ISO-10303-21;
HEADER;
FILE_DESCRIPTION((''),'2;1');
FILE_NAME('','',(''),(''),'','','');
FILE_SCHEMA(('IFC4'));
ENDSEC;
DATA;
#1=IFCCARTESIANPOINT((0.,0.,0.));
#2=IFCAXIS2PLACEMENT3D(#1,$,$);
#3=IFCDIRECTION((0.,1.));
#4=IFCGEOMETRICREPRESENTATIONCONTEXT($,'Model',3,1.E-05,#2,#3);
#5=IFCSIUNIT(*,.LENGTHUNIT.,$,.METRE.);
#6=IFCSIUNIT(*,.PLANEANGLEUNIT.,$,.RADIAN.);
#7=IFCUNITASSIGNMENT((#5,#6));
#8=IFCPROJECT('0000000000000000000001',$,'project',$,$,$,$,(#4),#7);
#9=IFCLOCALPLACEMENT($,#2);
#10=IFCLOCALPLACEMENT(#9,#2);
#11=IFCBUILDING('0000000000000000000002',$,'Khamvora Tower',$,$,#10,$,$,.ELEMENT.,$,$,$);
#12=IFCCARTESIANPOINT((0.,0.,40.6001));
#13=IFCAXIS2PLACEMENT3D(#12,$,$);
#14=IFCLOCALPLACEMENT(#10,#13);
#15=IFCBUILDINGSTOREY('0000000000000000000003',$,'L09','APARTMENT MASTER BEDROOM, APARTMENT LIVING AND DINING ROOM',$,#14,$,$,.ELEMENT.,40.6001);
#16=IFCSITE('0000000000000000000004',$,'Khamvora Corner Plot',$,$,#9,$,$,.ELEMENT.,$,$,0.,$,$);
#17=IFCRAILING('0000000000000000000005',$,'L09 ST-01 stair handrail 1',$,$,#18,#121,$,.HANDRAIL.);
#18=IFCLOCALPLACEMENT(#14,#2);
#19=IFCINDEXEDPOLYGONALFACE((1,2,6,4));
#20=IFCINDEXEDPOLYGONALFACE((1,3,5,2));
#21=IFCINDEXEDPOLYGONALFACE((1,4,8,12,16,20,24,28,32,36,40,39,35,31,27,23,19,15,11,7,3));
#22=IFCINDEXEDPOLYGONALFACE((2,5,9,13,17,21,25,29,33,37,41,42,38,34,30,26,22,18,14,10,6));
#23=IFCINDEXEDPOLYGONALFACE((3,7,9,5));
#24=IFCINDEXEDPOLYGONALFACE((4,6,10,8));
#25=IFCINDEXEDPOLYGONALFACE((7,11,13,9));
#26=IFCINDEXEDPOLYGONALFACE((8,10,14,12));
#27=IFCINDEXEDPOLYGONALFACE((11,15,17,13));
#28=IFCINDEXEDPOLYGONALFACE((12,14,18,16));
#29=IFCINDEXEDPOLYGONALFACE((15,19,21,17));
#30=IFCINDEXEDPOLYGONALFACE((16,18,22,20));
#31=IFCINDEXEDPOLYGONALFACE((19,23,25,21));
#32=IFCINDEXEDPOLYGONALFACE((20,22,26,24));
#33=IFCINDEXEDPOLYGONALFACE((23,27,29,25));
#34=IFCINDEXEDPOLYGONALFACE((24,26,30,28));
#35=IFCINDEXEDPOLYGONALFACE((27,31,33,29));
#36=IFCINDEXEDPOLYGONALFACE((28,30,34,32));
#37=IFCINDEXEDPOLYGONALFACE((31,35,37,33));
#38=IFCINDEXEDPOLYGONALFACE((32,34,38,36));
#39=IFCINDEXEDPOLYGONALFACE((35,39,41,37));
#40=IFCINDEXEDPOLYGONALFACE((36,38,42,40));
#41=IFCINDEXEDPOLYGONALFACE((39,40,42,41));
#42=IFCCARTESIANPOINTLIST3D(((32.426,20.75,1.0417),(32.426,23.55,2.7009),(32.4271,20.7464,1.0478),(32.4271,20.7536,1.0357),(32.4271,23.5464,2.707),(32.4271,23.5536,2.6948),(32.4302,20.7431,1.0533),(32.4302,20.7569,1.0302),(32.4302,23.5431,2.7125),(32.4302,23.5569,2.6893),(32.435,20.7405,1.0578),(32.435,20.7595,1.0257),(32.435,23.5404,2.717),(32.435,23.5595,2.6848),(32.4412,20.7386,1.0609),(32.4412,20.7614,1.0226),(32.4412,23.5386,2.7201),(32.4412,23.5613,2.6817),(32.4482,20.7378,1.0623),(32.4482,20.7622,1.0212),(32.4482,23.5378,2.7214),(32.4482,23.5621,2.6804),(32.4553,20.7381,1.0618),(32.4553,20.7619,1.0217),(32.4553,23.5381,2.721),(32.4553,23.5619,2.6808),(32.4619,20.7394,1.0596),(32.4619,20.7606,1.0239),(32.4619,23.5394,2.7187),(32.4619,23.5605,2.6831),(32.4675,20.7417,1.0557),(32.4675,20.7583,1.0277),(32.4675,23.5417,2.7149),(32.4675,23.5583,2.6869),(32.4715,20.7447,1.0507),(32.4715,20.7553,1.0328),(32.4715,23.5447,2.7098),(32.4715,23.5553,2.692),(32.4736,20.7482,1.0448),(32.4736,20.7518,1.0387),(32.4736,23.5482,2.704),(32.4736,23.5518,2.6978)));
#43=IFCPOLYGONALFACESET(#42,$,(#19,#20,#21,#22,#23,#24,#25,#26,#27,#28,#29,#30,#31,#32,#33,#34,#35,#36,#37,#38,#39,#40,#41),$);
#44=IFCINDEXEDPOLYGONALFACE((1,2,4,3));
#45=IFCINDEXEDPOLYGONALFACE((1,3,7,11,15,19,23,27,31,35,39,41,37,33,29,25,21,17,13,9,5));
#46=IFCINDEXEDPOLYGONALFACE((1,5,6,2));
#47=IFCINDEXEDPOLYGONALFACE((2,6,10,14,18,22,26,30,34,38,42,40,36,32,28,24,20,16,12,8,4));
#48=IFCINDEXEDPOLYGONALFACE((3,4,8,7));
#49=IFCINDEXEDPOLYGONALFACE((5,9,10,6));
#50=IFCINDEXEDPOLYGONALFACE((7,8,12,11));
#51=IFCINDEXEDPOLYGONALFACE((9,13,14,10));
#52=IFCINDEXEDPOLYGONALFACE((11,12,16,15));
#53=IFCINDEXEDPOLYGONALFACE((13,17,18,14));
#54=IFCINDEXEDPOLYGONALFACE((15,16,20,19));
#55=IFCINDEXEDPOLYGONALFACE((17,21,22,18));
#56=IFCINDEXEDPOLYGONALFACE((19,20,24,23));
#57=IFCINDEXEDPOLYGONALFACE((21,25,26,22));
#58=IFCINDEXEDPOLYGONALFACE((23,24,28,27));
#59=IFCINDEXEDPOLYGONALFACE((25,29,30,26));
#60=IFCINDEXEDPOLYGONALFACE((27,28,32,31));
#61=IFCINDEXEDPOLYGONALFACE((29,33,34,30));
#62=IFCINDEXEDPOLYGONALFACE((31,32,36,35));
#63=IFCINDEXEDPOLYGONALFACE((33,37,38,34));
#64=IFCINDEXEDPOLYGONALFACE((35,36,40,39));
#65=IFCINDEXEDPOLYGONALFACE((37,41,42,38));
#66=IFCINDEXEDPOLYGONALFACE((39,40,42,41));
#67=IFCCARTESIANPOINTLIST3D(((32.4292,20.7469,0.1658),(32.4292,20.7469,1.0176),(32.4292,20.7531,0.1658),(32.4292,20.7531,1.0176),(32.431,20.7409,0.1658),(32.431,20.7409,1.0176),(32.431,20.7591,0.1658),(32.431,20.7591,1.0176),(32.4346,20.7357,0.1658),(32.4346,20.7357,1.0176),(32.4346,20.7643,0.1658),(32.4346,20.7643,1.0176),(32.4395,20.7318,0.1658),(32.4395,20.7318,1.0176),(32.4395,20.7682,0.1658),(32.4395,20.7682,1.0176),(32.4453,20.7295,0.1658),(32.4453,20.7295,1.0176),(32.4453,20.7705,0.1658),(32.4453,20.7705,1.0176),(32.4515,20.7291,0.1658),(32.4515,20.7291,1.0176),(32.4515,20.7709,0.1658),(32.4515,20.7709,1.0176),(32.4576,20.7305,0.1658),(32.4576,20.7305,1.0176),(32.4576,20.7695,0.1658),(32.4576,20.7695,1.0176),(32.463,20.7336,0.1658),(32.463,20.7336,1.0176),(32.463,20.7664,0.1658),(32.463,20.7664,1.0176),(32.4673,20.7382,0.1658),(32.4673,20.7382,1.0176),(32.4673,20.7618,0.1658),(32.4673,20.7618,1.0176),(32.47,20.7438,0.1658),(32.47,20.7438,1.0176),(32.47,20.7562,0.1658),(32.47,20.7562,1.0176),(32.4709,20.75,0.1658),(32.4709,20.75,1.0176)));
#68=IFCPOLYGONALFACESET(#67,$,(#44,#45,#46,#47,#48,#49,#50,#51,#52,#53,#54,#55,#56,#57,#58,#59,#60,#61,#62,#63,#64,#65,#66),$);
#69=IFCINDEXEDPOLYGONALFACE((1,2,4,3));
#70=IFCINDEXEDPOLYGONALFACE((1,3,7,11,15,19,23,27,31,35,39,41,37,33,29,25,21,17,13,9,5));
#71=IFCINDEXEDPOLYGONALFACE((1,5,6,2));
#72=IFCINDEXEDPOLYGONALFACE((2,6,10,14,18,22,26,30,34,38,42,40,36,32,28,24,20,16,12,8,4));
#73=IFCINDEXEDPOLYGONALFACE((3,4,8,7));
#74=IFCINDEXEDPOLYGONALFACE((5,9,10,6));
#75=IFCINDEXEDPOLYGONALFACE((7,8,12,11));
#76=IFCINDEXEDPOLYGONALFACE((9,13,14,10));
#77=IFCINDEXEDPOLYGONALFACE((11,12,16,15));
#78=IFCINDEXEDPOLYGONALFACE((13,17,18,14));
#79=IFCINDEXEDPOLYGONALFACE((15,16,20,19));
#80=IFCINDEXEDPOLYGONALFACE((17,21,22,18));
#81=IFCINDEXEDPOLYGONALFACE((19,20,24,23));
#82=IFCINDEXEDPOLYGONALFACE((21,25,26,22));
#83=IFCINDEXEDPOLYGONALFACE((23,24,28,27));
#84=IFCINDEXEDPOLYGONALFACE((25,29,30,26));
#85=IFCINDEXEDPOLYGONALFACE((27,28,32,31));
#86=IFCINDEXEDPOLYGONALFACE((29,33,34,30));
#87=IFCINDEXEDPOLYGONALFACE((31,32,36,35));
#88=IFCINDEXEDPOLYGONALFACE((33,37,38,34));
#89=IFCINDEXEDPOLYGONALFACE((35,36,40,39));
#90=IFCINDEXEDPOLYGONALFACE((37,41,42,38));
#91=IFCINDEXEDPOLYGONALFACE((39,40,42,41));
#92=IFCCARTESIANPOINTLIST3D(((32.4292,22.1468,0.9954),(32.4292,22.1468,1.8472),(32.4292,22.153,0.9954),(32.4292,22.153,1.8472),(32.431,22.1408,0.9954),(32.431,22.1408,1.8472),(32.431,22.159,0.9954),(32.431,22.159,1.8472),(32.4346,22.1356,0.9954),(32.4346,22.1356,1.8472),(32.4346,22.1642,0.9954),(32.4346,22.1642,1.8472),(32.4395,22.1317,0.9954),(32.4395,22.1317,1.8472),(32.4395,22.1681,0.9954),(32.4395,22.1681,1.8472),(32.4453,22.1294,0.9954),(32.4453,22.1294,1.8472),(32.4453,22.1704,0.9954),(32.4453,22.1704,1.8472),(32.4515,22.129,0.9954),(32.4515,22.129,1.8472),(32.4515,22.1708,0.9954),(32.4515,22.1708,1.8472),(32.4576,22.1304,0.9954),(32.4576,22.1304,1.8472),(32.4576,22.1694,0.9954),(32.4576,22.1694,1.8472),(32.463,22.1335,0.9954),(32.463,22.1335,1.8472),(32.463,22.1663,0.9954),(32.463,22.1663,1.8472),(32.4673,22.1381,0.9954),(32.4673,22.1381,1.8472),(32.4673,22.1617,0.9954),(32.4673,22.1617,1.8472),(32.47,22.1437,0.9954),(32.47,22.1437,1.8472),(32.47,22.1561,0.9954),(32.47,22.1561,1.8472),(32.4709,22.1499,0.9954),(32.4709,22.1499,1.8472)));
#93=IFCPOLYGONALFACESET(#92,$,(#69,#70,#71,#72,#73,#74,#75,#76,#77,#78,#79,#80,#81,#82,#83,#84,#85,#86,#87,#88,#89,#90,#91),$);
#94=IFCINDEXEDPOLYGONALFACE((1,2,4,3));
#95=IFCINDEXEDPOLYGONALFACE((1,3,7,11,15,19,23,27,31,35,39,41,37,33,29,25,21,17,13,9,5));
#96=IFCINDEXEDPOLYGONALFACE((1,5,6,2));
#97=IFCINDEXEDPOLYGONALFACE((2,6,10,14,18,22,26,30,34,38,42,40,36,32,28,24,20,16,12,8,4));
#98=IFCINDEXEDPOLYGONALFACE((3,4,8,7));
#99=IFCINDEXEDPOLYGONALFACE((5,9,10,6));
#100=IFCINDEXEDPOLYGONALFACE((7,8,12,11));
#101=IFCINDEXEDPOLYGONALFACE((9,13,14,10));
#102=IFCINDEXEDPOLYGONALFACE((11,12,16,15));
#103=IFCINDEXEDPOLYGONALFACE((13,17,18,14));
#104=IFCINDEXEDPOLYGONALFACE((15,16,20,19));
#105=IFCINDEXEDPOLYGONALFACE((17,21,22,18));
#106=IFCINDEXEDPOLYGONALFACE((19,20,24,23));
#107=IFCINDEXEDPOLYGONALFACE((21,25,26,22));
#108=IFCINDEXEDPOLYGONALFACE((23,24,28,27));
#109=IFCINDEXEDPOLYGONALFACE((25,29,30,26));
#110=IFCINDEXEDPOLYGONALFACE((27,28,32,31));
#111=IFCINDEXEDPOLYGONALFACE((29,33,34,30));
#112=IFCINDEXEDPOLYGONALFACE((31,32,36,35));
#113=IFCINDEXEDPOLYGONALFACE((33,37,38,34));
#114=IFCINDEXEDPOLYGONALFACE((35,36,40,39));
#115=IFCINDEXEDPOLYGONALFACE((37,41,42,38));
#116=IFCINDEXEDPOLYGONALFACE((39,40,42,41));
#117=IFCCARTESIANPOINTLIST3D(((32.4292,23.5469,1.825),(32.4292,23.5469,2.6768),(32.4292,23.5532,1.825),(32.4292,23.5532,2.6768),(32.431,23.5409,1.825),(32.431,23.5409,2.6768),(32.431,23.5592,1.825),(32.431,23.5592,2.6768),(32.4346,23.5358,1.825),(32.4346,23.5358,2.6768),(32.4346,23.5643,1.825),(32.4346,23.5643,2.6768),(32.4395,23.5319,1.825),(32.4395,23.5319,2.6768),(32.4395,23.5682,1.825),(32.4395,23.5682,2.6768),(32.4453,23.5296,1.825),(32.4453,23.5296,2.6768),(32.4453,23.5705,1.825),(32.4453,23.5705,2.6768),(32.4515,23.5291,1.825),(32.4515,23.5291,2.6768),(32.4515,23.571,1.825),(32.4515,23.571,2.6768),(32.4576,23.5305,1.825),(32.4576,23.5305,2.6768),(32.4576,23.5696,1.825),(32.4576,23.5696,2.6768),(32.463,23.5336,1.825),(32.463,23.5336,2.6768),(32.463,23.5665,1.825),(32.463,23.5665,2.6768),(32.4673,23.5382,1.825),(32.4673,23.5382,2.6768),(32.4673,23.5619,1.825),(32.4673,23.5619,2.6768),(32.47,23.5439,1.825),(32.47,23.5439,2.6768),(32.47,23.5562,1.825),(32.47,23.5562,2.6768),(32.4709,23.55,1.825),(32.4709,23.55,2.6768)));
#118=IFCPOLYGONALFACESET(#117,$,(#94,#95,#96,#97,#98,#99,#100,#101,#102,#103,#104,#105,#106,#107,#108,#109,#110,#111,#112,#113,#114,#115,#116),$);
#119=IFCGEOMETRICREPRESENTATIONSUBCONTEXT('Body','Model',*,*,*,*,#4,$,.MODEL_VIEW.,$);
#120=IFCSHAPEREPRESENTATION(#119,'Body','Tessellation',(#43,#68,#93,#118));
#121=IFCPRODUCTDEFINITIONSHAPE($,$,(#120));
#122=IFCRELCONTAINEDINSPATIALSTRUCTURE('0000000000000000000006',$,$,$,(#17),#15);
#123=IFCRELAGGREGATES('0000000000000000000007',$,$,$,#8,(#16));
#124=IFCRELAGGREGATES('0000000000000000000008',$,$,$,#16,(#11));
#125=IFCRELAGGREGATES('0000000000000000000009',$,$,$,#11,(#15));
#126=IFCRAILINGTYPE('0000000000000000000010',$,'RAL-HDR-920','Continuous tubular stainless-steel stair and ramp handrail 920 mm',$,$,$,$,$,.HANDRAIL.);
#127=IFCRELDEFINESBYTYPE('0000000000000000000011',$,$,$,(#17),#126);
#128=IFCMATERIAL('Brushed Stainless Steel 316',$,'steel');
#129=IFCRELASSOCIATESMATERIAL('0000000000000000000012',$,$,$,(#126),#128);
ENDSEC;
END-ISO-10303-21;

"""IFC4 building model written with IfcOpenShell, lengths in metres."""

from ifc_helpers import new_model, si_unit, direction, frame, origin, origin_2d, place, context, subcontext, project, spatial, circle, extrude, material, type_object, element, save


model = new_model("IFC4")

# Units and contexts
model_context = context("Model", 3, precision=1e-05, world=origin(), true_north=direction((0.0, 1.0)))
body_context = subcontext(model_context, "Body", "Model", "MODEL_VIEW")
ifc_project = project(units=[si_unit("LENGTHUNIT", "METRE"), si_unit("PLANEANGLEUNIT", "RADIAN")], contexts=[model_context])

# Site, building, storey
site_placement = place(None, origin())
site = spatial("IfcSite", under=ifc_project, at=site_placement, Name="Khamvora Corner Plot", CompositionType="ELEMENT", RefElevation=0.0)
building_placement = place(site_placement, origin())
building = spatial("IfcBuilding", under=site, at=building_placement, Name="Khamvora Tower", CompositionType="ELEMENT")
storey_placement = place(building_placement, frame((0.0, 0.0, 40.6001)))
storey = spatial("IfcBuildingStorey", under=building, at=storey_placement, Name="L09", Description="APARTMENT MASTER BEDROOM, APARTMENT LIVING AND DINING ROOM", CompositionType="ELEMENT", Elevation=40.6001)

# Railing
ifc_material_1 = material(Name="Brushed Stainless Steel 316", Category="steel")
railing_type_1 = type_object("IfcRailingType", Name="RAL-HDR-920", Description="Continuous tubular stainless-steel stair and ramp handrail 920 mm", PredefinedType="HANDRAIL", material=ifc_material_1)
railing_1_placement = place(storey_placement, frame((32.45, 20.75, 0.1658)))
element("IfcRailing", 1, at=railing_1_placement, inside=storey, type_object=railing_type_1, Name="L09 ST-01 stair handrail 1", PredefinedType="HANDRAIL", context=body_context, shape_type="SweptSolid", body=[
    extrude(circle(Radius=0.0239, at=origin_2d()), frame((0.0, 0.0, 0.876), z_axis=(0.0, 0.860306, 0.509778), x_axis=(-1.0, 0.0, 0.0)), (0.0, 0.0, 1.0), 3.2546),
    extrude(circle(Radius=0.021, at=origin_2d()), origin(), (0.0, 0.0, 1.0), 0.8518),
    extrude(circle(Radius=0.021, at=origin_2d()), frame((0.0, 1.3999, 0.8296)), (0.0, 0.0, 1.0), 0.8518),
    extrude(circle(Radius=0.021, at=origin_2d()), frame((0.0, 2.8, 1.6592)), (0.0, 0.0, 1.0), 0.8518),
])

save(model, "model.ifc")
